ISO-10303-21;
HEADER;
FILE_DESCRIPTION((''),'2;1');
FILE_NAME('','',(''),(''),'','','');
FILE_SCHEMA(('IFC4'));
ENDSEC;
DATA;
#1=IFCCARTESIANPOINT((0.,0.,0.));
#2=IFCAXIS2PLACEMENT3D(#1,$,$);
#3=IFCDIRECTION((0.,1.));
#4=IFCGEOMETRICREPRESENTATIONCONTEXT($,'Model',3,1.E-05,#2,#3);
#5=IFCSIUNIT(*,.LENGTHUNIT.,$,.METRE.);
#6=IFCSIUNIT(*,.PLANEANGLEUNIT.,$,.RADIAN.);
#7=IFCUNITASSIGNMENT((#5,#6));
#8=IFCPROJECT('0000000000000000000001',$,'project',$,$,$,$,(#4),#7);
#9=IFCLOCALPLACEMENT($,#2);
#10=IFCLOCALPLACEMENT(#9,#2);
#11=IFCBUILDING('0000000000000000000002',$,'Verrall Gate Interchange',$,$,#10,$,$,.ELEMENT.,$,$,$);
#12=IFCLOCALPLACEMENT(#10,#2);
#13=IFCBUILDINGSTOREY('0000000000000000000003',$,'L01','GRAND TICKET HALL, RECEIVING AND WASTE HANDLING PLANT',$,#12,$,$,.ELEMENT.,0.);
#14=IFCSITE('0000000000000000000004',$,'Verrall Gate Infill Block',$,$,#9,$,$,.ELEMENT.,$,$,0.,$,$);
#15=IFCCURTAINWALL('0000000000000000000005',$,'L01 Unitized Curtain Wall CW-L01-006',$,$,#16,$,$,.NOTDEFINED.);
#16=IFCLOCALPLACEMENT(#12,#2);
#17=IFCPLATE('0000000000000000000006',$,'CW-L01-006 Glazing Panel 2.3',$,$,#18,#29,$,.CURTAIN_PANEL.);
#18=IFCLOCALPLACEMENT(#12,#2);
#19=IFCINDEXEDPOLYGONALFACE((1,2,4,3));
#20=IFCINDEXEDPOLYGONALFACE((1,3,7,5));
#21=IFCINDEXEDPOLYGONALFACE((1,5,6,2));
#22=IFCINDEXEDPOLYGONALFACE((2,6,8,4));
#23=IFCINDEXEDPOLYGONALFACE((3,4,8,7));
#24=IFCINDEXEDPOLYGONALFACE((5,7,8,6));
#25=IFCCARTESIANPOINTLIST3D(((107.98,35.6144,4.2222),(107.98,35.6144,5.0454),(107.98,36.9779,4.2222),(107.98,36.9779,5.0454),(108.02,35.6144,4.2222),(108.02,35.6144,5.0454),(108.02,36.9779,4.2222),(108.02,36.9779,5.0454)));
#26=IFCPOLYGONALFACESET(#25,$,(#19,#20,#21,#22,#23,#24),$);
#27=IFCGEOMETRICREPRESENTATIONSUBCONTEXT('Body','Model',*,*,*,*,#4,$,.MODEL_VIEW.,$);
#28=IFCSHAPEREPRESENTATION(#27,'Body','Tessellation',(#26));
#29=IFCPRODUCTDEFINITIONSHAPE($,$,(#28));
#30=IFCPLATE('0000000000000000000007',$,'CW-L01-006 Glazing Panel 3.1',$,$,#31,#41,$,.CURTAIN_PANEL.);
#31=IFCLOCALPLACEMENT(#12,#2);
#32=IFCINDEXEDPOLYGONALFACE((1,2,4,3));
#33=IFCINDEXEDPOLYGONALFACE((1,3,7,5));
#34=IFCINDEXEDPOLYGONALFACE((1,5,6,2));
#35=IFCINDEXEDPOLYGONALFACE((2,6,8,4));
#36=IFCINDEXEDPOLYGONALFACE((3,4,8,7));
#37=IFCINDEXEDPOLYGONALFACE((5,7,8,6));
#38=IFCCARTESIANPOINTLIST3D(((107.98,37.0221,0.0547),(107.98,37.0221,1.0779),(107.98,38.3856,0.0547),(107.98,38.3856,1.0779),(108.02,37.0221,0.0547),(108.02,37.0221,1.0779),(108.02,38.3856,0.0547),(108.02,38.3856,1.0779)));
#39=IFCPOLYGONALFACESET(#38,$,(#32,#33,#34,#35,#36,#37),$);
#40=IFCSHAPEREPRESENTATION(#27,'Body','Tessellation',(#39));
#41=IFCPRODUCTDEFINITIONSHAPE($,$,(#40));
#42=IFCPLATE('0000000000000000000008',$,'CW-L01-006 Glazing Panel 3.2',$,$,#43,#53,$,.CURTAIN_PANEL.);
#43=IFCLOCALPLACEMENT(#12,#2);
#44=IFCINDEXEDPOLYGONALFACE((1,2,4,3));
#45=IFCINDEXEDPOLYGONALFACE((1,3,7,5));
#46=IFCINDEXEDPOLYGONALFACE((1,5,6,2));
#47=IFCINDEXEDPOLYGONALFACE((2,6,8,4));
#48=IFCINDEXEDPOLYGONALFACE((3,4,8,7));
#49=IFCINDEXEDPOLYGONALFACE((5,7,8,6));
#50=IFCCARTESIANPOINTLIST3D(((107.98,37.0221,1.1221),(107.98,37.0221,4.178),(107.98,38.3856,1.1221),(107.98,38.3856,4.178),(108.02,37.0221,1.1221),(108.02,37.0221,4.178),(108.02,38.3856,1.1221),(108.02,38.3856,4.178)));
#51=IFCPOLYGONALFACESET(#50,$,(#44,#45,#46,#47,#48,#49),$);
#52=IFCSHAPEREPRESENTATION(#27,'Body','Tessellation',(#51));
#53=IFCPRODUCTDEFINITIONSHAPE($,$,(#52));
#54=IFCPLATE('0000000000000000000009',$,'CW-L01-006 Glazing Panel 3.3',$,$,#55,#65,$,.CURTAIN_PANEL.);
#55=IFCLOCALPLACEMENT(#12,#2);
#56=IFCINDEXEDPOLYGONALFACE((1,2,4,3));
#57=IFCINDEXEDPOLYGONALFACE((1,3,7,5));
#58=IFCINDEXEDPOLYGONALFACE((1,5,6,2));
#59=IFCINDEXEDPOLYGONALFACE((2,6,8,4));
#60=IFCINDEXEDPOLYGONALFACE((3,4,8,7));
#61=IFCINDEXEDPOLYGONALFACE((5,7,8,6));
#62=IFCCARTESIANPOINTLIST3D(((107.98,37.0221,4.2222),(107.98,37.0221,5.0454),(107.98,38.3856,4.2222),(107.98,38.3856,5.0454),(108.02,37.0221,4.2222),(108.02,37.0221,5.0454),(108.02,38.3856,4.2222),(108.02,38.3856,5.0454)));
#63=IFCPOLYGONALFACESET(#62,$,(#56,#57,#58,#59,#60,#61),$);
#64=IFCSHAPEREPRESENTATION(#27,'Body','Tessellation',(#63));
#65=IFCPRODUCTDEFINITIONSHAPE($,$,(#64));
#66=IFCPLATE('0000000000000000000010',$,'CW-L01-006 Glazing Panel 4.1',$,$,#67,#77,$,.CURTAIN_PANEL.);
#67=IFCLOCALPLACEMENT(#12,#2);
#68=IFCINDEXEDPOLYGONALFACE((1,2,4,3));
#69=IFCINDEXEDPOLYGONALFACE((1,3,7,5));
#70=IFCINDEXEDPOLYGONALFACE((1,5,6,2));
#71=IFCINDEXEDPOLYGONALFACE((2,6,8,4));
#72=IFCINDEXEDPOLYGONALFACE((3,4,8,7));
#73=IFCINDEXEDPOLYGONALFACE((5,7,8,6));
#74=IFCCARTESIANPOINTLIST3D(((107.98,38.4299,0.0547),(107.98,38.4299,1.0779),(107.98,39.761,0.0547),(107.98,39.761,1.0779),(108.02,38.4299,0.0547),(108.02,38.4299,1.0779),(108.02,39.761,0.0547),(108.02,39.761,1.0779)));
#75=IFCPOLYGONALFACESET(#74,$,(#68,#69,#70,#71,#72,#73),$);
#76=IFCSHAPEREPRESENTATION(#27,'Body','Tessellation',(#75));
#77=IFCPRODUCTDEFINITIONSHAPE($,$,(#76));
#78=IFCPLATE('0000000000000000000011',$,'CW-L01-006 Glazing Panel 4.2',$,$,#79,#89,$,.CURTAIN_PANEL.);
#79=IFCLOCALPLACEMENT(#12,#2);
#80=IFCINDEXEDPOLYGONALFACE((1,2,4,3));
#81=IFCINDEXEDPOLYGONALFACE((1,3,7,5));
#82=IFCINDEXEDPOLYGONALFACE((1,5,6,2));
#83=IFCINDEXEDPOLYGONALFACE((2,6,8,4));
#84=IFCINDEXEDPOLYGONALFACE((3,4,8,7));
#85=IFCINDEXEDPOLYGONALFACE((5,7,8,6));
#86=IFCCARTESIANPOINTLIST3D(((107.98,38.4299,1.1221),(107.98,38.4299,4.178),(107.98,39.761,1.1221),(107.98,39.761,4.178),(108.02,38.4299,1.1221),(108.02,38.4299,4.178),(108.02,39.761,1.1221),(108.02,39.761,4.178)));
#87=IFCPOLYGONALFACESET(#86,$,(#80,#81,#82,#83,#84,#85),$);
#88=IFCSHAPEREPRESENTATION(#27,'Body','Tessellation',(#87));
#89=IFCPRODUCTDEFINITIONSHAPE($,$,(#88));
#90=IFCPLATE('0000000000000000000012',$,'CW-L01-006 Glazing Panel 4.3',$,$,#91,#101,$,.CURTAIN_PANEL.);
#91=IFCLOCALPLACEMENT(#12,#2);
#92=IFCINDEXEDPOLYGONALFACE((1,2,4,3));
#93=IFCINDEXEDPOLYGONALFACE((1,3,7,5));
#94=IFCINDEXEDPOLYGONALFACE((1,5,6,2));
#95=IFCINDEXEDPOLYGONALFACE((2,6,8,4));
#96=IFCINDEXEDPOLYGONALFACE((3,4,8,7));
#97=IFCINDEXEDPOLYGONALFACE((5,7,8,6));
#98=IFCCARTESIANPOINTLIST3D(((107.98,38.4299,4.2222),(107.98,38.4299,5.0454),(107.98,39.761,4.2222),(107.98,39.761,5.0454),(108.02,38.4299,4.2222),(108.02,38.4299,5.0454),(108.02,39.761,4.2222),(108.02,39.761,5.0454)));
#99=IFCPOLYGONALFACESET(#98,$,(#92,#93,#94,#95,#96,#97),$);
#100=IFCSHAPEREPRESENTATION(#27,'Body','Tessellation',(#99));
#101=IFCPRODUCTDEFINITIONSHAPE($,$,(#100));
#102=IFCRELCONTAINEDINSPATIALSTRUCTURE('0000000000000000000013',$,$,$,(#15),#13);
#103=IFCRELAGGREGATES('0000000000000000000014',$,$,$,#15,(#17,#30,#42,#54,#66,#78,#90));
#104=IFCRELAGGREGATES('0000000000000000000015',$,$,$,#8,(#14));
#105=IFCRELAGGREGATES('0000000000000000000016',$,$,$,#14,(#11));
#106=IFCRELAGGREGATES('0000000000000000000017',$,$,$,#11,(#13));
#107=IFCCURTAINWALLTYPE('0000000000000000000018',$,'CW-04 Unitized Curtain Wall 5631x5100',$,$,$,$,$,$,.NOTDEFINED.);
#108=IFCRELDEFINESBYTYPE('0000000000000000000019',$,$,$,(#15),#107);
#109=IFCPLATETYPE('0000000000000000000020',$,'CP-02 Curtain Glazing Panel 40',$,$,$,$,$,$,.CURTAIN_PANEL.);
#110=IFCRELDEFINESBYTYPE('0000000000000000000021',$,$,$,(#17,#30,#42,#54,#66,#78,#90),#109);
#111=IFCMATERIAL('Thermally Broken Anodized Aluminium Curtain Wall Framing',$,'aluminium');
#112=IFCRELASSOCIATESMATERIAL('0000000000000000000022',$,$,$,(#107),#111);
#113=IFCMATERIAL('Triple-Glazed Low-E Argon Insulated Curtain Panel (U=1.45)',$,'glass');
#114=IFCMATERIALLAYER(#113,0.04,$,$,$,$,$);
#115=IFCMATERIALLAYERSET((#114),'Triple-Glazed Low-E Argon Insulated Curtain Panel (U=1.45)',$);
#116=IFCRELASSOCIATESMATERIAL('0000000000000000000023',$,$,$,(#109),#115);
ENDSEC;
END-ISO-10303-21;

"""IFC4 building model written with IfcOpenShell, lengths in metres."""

from ifc_helpers import new_model, si_unit, direction, frame, origin, origin_2d, place, context, subcontext, project, spatial, rectangle, extrude, material, layer, layer_set, type_object, element, aggregate, save


model = new_model("IFC4")

# Units and contexts
model_context = context("Model", 3, precision=1e-05, world=origin(), true_north=direction((0.0, 1.0)))
body_context = subcontext(model_context, "Body", "Model", "MODEL_VIEW")
ifc_project = project(units=[si_unit("LENGTHUNIT", "METRE"), si_unit("PLANEANGLEUNIT", "RADIAN")], contexts=[model_context])

# Site, building, storey
site_placement = place(None, origin())
site = spatial("IfcSite", under=ifc_project, at=site_placement, Name="Verrall Gate Infill Block", CompositionType="ELEMENT", RefElevation=0.0)
building_placement = place(site_placement, origin())
building = spatial("IfcBuilding", under=site, at=building_placement, Name="Verrall Gate Interchange", CompositionType="ELEMENT")
storey_placement = place(building_placement, origin())
storey = spatial("IfcBuildingStorey", under=building, at=storey_placement, Name="L01", Description="GRAND TICKET HALL, RECEIVING AND WASTE HANDLING PLANT", CompositionType="ELEMENT", Elevation=0.0)

# Curtain wall
ifc_material_1 = material(Name="Thermally Broken Anodized Aluminium Curtain Wall Framing", Category="aluminium")
curtain_wall_type = type_object("IfcCurtainWallType", Name="CW-04 Unitized Curtain Wall 5631x5100", PredefinedType="NOTDEFINED", material=ifc_material_1)
curtain_wall_placement = place(storey_placement, origin())
curtain_wall = element("IfcCurtainWall", 1, at=curtain_wall_placement, inside=storey, type_object=curtain_wall_type, Name="L01 Unitized Curtain Wall CW-L01-006", PredefinedType="NOTDEFINED")

# Plates
ifc_material_2 = material(Name="Triple-Glazed Low-E Argon Insulated Curtain Panel (U=1.45)", Category="glass")
ifc_layer_1 = layer(ifc_material_2, 0.04)
ifc_layer_set_1 = layer_set([ifc_layer_1], Name="Triple-Glazed Low-E Argon Insulated Curtain Panel (U=1.45)")
plate_type_1 = type_object("IfcPlateType", Name="CP-02 Curtain Glazing Panel 40", PredefinedType="CURTAIN_PANEL", material=ifc_layer_set_1)
plate_1_placement = place(storey_placement, frame((108.0, 36.2961, 4.2222), z_axis=(0.0, 0.0, 1.0), x_axis=(0.0, 1.0, 0.0)))
plate_1 = element("IfcPlate", 2, at=plate_1_placement, type_object=plate_type_1, Name="CW-L01-006 Glazing Panel 2.3", PredefinedType="CURTAIN_PANEL", context=body_context, shape_type="SweptSolid", body=[
    extrude(rectangle(XDim=1.3635, YDim=0.04, at=origin_2d()), origin(), (0.0, 0.0, 1.0), 0.8232),
])
plate_2_placement = place(storey_placement, frame((108.0, 37.7039, 0.0547), z_axis=(0.0, 0.0, 1.0), x_axis=(0.0, 1.0, 0.0)))
plate_2 = element("IfcPlate", 3, at=plate_2_placement, type_object=plate_type_1, Name="CW-L01-006 Glazing Panel 3.1", PredefinedType="CURTAIN_PANEL", context=body_context, shape_type="SweptSolid", body=[
    extrude(rectangle(XDim=1.3635, YDim=0.04, at=origin_2d()), origin(), (0.0, 0.0, 1.0), 1.0232),
])
plate_3_placement = place(storey_placement, frame((108.0, 37.7039, 1.1221), z_axis=(0.0, 0.0, 1.0), x_axis=(0.0, 1.0, 0.0)))
plate_3 = element("IfcPlate", 4, at=plate_3_placement, type_object=plate_type_1, Name="CW-L01-006 Glazing Panel 3.2", PredefinedType="CURTAIN_PANEL", context=body_context, shape_type="SweptSolid", body=[
    extrude(rectangle(XDim=1.3635, YDim=0.04, at=origin_2d()), origin(), (0.0, 0.0, 1.0), 3.0559),
])
plate_4_placement = place(storey_placement, frame((108.0, 37.7039, 4.2222), z_axis=(0.0, 0.0, 1.0), x_axis=(0.0, 1.0, 0.0)))
plate_4 = element("IfcPlate", 5, at=plate_4_placement, type_object=plate_type_1, Name="CW-L01-006 Glazing Panel 3.3", PredefinedType="CURTAIN_PANEL", context=body_context, shape_type="SweptSolid", body=[
    extrude(rectangle(XDim=1.3635, YDim=0.04, at=origin_2d()), origin(), (0.0, 0.0, 1.0), 0.8232),
])
plate_5_placement = place(storey_placement, frame((108.0, 39.0955, 0.0547), z_axis=(0.0, 0.0, 1.0), x_axis=(0.0, 1.0, 0.0)))
plate_5 = element("IfcPlate", 6, at=plate_5_placement, type_object=plate_type_1, Name="CW-L01-006 Glazing Panel 4.1", PredefinedType="CURTAIN_PANEL", context=body_context, shape_type="SweptSolid", body=[
    extrude(rectangle(XDim=1.3311, YDim=0.04, at=origin_2d()), origin(), (0.0, 0.0, 1.0), 1.0232),
])
plate_6_placement = place(storey_placement, frame((108.0, 39.0955, 1.1221), z_axis=(0.0, 0.0, 1.0), x_axis=(0.0, 1.0, 0.0)))
plate_6 = element("IfcPlate", 7, at=plate_6_placement, type_object=plate_type_1, Name="CW-L01-006 Glazing Panel 4.2", PredefinedType="CURTAIN_PANEL", context=body_context, shape_type="SweptSolid", body=[
    extrude(rectangle(XDim=1.3311, YDim=0.04, at=origin_2d()), origin(), (0.0, 0.0, 1.0), 3.0559),
])
plate_7_placement = place(storey_placement, frame((108.0, 39.0955, 4.2222), z_axis=(0.0, 0.0, 1.0), x_axis=(0.0, 1.0, 0.0)))
plate_7 = element("IfcPlate", 8, at=plate_7_placement, type_object=plate_type_1, Name="CW-L01-006 Glazing Panel 4.3", PredefinedType="CURTAIN_PANEL", context=body_context, shape_type="SweptSolid", body=[
    extrude(rectangle(XDim=1.3311, YDim=0.04, at=origin_2d()), origin(), (0.0, 0.0, 1.0), 0.8232),
])
aggregate(curtain_wall, [plate_1, plate_2, plate_3, plate_4, plate_5, plate_6, plate_7])

save(model, "model.ifc")
